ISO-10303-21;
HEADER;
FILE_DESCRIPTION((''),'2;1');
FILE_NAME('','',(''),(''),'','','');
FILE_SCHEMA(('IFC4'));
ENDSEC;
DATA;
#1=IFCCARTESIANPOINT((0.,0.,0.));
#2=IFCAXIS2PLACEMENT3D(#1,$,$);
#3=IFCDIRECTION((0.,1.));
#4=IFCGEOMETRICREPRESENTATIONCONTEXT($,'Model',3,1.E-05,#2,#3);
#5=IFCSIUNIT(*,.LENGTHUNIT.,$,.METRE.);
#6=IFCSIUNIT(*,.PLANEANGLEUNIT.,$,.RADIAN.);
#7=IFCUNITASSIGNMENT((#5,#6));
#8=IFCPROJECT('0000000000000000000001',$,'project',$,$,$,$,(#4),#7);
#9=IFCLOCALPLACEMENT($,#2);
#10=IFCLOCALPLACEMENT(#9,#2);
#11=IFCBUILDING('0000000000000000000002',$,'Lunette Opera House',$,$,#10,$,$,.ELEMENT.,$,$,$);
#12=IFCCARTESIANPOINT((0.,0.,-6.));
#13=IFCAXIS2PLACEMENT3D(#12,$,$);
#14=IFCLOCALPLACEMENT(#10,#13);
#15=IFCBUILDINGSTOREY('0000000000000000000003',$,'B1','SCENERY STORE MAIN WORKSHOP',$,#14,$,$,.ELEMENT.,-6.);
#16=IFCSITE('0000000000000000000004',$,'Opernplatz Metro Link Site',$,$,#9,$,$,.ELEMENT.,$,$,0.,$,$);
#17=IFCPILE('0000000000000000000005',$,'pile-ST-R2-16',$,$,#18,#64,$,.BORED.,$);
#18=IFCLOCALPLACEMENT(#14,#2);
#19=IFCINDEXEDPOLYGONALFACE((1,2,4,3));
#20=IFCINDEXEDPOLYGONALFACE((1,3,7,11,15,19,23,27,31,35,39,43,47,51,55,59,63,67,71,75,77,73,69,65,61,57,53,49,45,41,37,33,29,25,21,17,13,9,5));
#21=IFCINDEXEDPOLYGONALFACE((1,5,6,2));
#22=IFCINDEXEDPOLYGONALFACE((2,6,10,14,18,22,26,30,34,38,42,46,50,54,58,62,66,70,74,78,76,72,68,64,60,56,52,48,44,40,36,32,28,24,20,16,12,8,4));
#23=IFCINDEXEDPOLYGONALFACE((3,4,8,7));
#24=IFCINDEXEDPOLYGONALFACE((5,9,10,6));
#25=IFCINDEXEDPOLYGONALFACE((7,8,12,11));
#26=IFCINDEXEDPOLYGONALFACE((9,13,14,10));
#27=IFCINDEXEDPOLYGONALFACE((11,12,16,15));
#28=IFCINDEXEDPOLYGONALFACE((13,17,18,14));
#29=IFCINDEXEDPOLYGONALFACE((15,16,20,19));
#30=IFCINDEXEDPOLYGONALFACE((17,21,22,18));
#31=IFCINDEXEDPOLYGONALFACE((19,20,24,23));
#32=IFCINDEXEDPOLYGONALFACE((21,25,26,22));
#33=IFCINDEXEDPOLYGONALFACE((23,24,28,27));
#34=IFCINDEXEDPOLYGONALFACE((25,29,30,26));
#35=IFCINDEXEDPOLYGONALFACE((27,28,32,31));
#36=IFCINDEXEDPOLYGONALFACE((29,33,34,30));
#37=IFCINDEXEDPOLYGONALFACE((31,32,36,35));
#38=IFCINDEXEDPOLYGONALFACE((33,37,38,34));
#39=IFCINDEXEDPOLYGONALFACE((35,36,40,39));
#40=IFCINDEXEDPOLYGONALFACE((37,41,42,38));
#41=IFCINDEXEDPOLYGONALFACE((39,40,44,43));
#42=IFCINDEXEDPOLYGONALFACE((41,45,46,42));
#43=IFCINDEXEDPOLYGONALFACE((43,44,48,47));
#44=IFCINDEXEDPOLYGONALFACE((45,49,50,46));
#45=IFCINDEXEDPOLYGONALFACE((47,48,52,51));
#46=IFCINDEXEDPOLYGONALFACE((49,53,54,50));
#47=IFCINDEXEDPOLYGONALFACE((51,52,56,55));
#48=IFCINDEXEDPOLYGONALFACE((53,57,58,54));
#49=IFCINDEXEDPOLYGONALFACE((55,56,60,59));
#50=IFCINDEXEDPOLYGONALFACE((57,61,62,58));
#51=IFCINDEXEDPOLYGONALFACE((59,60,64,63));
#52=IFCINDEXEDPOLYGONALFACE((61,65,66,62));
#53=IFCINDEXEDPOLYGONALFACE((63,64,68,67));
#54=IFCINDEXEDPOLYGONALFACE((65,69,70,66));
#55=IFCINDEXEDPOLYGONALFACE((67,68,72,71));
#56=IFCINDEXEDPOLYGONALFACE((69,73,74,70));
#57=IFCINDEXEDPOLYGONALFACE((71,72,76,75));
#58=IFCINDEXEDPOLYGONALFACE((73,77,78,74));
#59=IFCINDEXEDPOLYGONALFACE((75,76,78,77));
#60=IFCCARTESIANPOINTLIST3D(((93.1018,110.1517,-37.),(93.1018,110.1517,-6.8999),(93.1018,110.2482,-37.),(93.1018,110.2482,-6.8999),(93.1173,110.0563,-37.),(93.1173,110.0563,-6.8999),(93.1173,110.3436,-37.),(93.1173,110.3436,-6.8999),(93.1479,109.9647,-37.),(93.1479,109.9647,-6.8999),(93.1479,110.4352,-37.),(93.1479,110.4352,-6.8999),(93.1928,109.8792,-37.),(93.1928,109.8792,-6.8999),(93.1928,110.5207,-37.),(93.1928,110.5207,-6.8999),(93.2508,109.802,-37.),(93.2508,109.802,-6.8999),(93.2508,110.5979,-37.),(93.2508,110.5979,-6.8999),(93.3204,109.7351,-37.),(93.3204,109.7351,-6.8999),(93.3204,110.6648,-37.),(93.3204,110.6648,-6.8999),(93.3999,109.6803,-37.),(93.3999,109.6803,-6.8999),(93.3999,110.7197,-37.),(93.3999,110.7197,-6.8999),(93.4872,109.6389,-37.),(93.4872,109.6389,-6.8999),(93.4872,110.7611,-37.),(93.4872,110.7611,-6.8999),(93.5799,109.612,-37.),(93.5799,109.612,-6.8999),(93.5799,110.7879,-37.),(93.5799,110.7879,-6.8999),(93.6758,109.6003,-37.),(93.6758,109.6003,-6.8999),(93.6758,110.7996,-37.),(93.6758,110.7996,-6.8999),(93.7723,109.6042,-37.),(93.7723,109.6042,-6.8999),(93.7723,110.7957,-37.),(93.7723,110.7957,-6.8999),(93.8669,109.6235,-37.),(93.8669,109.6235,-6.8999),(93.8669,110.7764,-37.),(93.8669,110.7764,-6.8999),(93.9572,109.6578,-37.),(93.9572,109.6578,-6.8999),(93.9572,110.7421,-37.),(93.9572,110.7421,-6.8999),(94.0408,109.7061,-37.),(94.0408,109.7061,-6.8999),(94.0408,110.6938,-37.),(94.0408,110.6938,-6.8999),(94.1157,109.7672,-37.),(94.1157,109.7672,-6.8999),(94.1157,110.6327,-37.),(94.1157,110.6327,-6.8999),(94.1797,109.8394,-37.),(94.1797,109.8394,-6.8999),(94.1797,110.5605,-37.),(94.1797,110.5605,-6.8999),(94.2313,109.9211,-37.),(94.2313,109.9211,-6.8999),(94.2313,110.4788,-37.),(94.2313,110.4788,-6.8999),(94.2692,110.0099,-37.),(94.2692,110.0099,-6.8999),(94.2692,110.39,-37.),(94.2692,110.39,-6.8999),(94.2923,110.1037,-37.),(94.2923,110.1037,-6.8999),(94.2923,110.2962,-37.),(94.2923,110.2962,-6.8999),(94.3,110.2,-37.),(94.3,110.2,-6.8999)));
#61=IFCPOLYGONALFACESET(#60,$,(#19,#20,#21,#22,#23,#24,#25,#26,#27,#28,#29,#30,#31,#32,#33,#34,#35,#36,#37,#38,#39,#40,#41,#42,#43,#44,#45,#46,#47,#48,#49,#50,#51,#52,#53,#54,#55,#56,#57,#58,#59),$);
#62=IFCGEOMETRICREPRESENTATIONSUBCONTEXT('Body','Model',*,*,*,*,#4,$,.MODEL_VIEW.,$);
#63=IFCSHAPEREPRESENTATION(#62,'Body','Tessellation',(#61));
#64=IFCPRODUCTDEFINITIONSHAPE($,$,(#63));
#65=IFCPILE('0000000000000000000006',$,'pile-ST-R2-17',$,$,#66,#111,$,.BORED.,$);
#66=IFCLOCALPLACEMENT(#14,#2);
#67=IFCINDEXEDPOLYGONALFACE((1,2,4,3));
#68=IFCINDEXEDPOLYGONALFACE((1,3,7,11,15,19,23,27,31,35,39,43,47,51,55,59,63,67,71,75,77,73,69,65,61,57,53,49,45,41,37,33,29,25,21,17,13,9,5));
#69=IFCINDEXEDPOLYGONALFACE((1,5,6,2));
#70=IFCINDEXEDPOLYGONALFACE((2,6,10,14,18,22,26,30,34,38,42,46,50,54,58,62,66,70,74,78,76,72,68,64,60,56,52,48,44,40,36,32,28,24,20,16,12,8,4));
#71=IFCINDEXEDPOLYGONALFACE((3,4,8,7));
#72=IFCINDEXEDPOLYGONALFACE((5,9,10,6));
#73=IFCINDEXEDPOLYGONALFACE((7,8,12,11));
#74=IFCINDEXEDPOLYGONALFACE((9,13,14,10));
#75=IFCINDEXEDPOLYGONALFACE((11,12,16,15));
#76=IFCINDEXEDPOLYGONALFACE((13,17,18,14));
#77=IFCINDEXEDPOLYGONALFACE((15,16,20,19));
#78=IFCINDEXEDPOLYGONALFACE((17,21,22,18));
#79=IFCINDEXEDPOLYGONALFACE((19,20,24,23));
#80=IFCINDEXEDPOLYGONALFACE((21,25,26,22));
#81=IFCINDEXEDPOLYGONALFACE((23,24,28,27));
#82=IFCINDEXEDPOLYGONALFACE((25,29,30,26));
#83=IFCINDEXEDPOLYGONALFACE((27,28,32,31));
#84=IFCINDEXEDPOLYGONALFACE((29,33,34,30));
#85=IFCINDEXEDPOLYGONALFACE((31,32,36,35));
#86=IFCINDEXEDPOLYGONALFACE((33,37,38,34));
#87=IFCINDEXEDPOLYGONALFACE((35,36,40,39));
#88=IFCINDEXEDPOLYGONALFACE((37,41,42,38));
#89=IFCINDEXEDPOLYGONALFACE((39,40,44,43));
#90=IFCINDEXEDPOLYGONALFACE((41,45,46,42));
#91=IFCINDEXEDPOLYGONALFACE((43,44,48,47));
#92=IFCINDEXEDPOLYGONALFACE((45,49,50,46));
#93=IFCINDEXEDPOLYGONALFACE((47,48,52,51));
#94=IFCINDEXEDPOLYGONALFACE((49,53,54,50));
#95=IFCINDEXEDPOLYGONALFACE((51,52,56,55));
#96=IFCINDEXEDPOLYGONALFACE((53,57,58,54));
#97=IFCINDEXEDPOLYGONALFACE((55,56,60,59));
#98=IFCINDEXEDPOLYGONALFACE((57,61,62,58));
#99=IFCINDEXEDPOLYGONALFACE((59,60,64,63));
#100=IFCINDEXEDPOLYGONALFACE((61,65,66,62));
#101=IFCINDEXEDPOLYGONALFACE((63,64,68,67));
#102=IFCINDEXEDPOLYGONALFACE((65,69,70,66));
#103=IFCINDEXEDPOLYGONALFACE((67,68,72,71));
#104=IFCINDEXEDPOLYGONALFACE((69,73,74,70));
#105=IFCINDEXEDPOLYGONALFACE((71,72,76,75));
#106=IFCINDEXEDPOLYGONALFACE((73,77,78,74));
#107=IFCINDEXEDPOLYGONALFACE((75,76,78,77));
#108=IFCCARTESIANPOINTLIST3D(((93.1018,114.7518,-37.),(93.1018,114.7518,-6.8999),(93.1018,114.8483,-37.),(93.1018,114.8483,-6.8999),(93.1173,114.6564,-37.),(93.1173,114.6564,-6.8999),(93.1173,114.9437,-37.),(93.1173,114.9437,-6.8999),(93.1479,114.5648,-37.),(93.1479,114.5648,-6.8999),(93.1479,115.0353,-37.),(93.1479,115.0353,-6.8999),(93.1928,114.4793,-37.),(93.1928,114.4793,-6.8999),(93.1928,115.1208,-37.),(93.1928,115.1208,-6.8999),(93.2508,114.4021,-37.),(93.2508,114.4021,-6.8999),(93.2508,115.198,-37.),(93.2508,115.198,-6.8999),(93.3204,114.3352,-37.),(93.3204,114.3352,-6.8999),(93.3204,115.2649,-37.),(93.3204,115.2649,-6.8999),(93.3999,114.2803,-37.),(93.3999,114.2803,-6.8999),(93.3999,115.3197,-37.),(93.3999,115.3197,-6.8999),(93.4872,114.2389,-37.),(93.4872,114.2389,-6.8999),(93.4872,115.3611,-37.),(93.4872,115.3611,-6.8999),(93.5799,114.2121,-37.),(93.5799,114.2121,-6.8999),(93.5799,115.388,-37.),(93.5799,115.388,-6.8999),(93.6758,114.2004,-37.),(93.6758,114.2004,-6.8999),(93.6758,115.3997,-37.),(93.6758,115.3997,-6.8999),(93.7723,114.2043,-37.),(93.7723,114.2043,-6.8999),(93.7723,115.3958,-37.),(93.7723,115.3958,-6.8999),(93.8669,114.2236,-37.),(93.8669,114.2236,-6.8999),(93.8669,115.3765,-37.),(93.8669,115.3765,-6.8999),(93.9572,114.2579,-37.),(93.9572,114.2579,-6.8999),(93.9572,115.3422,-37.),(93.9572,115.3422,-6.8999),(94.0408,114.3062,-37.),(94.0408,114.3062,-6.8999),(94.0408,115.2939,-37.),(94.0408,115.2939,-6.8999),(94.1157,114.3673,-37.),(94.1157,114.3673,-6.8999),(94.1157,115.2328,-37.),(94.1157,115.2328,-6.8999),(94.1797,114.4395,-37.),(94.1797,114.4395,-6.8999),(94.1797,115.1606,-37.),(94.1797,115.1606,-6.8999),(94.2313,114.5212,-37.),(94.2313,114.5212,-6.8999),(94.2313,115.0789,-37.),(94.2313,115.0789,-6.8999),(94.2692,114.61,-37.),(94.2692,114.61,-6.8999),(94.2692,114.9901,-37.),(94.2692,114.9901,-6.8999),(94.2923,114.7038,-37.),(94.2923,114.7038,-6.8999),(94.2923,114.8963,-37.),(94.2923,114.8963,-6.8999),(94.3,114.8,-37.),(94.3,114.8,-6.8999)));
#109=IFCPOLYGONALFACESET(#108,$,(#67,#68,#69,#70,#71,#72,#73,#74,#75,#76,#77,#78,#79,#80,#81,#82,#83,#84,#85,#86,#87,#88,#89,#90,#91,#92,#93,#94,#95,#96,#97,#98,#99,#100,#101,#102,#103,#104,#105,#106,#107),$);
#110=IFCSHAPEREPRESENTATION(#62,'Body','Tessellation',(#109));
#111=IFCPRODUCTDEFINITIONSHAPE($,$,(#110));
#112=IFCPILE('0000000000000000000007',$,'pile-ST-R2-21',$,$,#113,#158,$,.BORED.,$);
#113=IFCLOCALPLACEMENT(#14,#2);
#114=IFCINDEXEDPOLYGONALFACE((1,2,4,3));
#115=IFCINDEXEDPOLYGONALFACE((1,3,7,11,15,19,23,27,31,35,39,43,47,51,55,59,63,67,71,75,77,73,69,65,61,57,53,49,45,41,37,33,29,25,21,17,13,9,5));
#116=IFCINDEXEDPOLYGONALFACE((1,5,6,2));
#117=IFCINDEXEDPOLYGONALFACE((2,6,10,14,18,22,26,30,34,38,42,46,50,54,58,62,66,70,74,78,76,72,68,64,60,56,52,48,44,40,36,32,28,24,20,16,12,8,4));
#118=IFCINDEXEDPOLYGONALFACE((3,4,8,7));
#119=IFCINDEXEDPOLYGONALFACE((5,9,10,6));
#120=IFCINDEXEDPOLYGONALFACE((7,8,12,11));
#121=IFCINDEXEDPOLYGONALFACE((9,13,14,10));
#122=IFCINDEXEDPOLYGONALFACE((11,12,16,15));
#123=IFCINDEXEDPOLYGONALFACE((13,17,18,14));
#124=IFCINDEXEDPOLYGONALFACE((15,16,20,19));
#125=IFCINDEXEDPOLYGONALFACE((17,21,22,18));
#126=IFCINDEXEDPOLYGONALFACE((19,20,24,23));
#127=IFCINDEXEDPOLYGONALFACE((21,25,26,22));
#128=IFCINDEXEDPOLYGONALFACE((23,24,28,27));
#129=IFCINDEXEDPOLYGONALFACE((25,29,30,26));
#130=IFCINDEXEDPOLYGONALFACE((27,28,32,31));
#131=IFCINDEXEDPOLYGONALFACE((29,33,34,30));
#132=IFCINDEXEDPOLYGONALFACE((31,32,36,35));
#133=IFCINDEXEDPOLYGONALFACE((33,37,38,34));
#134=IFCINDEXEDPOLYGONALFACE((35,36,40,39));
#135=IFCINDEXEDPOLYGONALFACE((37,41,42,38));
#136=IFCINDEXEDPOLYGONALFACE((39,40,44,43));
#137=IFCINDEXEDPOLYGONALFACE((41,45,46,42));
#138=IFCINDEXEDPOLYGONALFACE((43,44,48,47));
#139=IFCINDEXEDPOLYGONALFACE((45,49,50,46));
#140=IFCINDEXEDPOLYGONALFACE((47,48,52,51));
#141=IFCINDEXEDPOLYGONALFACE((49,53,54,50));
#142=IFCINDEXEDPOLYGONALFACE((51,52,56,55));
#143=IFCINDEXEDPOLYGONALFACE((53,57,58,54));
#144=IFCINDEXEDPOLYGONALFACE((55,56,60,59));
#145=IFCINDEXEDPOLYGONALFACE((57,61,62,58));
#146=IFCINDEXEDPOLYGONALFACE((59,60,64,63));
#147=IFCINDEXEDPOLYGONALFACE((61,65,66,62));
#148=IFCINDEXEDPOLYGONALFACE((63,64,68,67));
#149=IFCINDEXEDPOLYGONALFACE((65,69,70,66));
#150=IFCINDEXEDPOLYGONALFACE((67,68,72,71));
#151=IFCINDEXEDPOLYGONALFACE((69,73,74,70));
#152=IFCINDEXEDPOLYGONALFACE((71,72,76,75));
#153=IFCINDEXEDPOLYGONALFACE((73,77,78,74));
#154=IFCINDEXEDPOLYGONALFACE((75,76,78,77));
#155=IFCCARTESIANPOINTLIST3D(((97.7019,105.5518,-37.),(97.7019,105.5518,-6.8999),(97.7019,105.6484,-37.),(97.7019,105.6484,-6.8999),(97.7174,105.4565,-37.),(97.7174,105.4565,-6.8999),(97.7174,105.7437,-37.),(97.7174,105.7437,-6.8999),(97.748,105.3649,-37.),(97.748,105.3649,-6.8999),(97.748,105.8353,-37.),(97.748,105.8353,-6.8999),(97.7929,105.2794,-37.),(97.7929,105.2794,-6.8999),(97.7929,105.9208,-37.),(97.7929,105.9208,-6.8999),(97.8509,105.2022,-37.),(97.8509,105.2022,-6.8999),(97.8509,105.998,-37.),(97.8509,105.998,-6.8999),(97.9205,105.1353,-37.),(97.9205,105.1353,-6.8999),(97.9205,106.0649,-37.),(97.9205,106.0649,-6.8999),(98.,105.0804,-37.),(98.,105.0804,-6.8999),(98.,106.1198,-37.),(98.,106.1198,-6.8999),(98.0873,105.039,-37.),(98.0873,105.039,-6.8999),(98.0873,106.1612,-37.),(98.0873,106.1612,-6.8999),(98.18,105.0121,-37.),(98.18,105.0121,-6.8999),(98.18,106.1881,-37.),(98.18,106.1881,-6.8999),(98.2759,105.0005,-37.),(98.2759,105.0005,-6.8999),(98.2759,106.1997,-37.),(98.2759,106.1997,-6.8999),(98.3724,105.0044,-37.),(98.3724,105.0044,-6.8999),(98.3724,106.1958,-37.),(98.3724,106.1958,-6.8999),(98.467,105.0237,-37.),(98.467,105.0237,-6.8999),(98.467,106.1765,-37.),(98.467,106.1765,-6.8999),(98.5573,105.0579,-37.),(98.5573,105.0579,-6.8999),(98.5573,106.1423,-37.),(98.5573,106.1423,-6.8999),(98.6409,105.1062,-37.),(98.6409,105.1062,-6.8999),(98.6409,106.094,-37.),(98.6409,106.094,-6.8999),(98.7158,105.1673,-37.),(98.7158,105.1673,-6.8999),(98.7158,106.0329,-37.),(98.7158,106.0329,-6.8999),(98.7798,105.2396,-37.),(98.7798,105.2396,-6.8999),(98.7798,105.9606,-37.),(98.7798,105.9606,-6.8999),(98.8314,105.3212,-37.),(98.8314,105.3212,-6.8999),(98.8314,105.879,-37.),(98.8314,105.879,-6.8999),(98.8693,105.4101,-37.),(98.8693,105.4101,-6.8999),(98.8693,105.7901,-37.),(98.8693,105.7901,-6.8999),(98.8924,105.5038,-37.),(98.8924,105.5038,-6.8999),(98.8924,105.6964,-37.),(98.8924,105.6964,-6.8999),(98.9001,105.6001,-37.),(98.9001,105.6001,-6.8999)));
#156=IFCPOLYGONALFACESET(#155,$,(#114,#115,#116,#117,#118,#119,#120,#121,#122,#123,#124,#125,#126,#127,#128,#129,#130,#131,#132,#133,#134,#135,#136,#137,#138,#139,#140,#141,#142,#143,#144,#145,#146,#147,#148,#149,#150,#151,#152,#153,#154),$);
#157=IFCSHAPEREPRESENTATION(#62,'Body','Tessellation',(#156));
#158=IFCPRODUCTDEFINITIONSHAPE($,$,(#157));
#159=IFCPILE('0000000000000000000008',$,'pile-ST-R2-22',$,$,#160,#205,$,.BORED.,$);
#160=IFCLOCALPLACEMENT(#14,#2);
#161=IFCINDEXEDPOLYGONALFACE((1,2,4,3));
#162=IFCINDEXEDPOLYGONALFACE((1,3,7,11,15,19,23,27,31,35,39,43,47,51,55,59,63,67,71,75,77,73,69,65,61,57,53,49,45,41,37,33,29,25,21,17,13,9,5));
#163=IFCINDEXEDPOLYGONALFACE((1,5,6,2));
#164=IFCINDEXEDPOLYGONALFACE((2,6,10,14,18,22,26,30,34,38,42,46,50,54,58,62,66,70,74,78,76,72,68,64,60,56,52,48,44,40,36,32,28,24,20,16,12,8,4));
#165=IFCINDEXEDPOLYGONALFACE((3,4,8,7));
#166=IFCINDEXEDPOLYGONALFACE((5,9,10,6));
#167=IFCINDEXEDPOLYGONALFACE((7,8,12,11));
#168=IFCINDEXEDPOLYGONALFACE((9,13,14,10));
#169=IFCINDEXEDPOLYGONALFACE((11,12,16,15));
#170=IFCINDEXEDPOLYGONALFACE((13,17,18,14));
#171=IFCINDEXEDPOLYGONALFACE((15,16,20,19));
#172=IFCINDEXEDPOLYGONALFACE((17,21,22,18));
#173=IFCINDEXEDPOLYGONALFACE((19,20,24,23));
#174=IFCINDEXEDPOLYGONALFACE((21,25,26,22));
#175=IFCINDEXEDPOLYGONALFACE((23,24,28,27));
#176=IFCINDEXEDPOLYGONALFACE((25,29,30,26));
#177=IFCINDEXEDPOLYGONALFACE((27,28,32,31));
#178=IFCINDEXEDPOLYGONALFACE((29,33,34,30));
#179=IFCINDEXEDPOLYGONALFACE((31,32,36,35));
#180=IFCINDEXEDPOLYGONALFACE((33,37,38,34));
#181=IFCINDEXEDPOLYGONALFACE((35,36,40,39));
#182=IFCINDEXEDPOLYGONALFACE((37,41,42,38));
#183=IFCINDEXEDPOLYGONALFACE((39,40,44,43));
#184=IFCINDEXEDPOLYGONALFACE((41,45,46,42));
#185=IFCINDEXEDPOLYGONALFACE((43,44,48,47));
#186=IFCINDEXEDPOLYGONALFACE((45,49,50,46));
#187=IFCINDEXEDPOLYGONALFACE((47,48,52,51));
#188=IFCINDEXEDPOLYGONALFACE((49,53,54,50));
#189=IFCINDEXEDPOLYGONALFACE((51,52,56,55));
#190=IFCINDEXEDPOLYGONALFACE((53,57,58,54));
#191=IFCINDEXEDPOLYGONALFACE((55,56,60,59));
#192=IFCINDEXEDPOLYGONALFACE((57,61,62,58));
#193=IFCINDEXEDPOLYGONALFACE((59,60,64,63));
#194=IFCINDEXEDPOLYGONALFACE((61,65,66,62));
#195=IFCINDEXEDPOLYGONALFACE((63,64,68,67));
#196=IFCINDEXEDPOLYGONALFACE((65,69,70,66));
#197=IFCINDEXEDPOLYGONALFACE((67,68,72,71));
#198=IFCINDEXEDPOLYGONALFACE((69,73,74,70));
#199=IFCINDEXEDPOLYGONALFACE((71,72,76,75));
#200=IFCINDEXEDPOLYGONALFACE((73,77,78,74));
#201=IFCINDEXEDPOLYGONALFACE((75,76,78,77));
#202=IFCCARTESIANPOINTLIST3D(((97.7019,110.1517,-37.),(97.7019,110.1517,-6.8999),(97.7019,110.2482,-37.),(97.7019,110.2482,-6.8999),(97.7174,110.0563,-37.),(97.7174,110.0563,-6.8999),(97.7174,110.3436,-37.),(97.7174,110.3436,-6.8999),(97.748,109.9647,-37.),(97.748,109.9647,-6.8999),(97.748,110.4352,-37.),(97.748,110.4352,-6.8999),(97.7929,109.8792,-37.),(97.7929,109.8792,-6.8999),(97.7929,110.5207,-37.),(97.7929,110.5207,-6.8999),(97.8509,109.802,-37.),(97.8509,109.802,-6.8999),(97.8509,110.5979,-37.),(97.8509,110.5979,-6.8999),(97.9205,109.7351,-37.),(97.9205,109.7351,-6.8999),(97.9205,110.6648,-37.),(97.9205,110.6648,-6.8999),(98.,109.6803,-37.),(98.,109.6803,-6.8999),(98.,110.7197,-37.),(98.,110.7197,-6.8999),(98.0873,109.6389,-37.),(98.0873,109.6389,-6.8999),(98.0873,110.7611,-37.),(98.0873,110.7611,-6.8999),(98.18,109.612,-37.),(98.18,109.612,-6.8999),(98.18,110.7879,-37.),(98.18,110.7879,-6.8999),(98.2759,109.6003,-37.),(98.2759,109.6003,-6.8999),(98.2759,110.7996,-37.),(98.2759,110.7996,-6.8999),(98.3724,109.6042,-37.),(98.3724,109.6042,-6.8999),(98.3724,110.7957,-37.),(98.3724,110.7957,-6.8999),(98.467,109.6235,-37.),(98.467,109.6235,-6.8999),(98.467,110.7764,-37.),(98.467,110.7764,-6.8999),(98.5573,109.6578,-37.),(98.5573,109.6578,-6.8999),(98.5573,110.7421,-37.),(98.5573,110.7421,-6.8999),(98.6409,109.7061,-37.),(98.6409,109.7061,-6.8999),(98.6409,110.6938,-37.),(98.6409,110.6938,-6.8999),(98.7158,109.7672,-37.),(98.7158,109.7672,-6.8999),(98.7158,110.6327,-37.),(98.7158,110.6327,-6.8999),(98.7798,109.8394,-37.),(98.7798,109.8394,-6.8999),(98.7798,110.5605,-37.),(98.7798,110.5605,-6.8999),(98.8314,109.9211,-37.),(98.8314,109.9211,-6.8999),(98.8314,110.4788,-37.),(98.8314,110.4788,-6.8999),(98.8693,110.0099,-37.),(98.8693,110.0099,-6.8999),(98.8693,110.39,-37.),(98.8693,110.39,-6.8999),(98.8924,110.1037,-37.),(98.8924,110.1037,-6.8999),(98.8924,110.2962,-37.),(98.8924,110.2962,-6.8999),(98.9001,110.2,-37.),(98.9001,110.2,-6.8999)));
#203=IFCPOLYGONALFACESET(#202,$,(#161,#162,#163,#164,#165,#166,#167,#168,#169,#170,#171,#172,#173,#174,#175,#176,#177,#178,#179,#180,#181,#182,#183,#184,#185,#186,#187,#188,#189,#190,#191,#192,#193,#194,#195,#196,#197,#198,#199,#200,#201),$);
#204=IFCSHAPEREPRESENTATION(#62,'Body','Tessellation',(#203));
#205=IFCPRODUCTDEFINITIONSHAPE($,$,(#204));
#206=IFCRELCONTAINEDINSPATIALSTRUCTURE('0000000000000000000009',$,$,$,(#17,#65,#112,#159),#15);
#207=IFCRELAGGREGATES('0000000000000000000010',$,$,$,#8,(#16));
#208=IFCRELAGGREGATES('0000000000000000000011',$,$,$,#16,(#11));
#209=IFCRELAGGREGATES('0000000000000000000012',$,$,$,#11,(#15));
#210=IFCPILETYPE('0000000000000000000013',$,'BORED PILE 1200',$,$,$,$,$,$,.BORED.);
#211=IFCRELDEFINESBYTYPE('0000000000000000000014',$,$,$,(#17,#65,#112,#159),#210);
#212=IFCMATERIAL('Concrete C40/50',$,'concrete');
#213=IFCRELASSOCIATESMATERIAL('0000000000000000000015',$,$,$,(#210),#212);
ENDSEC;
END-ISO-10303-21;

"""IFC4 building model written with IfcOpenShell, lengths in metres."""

from ifc_helpers import new_model, si_unit, direction, frame, origin, origin_2d, place, context, subcontext, project, spatial, circle, extrude, material, material_profile, profile_set, type_object, element, save


model = new_model("IFC4")

# Units and contexts
model_context = context("Model", 3, precision=1e-05, world=origin(), true_north=direction((0.0, 1.0)))
body_context = subcontext(model_context, "Body", "Model", "MODEL_VIEW")
ifc_project = project(units=[si_unit("LENGTHUNIT", "METRE"), si_unit("PLANEANGLEUNIT", "RADIAN")], contexts=[model_context])

# Site, building, storey
site_placement = place(None, origin())
site = spatial("IfcSite", under=ifc_project, at=site_placement, Name="Opernplatz Metro Link Site", CompositionType="ELEMENT", RefElevation=0.0)
building_placement = place(site_placement, origin())
building = spatial("IfcBuilding", under=site, at=building_placement, Name="Lunette Opera House", CompositionType="ELEMENT")
storey_placement = place(building_placement, frame((0.0, 0.0, -6.0)))
storey = spatial("IfcBuildingStorey", under=building, at=storey_placement, Name="B1", Description="SCENERY STORE MAIN WORKSHOP", CompositionType="ELEMENT", Elevation=-6.0)

# Piles
ifc_material_1 = material(Name="Concrete C40/50", Category="concrete")
ifc_material_profile_1 = material_profile(ifc_material_1, circle(Radius=0.6001, at=origin_2d()), Name="BORED PILE 1200")
ifc_profile_set_1 = profile_set([ifc_material_profile_1], Name="Concrete C40/50")
pile_type = type_object("IfcPileType", Name="BORED PILE 1200", PredefinedType="BORED", material=ifc_profile_set_1)
for number, where, z_axis, x_axis, name in (
    (1, (93.7, 110.2, -6.8999), (0.0, 0.0, -1.0), (1.0, 0.0, 0.0), "pile-ST-R2-16"),
    (2, (93.7, 114.8, -6.8999), (0.0, 0.0, -1.0), (1.0, 0.0, 0.0), "pile-ST-R2-17"),
    (3, (98.3, 105.6001, -6.8999), (0.0, 0.0, -1.0), (1.0, 0.0, 0.0), "pile-ST-R2-21"),
    (4, (98.3, 110.2, -6.8999), (0.0, 0.0, -1.0), (1.0, 0.0, 0.0), "pile-ST-R2-22"),
):
    element("IfcPile", number, at=place(storey_placement, frame(where, z_axis=z_axis, x_axis=x_axis)), inside=storey, type_object=pile_type, Name=name, PredefinedType="BORED", context=body_context, shape_type="SweptSolid", body=[
        extrude(circle(Radius=0.6001, at=origin_2d()), origin(), (0.0, 0.0, 1.0), 30.1001),
    ])

save(model, "model.ifc")
